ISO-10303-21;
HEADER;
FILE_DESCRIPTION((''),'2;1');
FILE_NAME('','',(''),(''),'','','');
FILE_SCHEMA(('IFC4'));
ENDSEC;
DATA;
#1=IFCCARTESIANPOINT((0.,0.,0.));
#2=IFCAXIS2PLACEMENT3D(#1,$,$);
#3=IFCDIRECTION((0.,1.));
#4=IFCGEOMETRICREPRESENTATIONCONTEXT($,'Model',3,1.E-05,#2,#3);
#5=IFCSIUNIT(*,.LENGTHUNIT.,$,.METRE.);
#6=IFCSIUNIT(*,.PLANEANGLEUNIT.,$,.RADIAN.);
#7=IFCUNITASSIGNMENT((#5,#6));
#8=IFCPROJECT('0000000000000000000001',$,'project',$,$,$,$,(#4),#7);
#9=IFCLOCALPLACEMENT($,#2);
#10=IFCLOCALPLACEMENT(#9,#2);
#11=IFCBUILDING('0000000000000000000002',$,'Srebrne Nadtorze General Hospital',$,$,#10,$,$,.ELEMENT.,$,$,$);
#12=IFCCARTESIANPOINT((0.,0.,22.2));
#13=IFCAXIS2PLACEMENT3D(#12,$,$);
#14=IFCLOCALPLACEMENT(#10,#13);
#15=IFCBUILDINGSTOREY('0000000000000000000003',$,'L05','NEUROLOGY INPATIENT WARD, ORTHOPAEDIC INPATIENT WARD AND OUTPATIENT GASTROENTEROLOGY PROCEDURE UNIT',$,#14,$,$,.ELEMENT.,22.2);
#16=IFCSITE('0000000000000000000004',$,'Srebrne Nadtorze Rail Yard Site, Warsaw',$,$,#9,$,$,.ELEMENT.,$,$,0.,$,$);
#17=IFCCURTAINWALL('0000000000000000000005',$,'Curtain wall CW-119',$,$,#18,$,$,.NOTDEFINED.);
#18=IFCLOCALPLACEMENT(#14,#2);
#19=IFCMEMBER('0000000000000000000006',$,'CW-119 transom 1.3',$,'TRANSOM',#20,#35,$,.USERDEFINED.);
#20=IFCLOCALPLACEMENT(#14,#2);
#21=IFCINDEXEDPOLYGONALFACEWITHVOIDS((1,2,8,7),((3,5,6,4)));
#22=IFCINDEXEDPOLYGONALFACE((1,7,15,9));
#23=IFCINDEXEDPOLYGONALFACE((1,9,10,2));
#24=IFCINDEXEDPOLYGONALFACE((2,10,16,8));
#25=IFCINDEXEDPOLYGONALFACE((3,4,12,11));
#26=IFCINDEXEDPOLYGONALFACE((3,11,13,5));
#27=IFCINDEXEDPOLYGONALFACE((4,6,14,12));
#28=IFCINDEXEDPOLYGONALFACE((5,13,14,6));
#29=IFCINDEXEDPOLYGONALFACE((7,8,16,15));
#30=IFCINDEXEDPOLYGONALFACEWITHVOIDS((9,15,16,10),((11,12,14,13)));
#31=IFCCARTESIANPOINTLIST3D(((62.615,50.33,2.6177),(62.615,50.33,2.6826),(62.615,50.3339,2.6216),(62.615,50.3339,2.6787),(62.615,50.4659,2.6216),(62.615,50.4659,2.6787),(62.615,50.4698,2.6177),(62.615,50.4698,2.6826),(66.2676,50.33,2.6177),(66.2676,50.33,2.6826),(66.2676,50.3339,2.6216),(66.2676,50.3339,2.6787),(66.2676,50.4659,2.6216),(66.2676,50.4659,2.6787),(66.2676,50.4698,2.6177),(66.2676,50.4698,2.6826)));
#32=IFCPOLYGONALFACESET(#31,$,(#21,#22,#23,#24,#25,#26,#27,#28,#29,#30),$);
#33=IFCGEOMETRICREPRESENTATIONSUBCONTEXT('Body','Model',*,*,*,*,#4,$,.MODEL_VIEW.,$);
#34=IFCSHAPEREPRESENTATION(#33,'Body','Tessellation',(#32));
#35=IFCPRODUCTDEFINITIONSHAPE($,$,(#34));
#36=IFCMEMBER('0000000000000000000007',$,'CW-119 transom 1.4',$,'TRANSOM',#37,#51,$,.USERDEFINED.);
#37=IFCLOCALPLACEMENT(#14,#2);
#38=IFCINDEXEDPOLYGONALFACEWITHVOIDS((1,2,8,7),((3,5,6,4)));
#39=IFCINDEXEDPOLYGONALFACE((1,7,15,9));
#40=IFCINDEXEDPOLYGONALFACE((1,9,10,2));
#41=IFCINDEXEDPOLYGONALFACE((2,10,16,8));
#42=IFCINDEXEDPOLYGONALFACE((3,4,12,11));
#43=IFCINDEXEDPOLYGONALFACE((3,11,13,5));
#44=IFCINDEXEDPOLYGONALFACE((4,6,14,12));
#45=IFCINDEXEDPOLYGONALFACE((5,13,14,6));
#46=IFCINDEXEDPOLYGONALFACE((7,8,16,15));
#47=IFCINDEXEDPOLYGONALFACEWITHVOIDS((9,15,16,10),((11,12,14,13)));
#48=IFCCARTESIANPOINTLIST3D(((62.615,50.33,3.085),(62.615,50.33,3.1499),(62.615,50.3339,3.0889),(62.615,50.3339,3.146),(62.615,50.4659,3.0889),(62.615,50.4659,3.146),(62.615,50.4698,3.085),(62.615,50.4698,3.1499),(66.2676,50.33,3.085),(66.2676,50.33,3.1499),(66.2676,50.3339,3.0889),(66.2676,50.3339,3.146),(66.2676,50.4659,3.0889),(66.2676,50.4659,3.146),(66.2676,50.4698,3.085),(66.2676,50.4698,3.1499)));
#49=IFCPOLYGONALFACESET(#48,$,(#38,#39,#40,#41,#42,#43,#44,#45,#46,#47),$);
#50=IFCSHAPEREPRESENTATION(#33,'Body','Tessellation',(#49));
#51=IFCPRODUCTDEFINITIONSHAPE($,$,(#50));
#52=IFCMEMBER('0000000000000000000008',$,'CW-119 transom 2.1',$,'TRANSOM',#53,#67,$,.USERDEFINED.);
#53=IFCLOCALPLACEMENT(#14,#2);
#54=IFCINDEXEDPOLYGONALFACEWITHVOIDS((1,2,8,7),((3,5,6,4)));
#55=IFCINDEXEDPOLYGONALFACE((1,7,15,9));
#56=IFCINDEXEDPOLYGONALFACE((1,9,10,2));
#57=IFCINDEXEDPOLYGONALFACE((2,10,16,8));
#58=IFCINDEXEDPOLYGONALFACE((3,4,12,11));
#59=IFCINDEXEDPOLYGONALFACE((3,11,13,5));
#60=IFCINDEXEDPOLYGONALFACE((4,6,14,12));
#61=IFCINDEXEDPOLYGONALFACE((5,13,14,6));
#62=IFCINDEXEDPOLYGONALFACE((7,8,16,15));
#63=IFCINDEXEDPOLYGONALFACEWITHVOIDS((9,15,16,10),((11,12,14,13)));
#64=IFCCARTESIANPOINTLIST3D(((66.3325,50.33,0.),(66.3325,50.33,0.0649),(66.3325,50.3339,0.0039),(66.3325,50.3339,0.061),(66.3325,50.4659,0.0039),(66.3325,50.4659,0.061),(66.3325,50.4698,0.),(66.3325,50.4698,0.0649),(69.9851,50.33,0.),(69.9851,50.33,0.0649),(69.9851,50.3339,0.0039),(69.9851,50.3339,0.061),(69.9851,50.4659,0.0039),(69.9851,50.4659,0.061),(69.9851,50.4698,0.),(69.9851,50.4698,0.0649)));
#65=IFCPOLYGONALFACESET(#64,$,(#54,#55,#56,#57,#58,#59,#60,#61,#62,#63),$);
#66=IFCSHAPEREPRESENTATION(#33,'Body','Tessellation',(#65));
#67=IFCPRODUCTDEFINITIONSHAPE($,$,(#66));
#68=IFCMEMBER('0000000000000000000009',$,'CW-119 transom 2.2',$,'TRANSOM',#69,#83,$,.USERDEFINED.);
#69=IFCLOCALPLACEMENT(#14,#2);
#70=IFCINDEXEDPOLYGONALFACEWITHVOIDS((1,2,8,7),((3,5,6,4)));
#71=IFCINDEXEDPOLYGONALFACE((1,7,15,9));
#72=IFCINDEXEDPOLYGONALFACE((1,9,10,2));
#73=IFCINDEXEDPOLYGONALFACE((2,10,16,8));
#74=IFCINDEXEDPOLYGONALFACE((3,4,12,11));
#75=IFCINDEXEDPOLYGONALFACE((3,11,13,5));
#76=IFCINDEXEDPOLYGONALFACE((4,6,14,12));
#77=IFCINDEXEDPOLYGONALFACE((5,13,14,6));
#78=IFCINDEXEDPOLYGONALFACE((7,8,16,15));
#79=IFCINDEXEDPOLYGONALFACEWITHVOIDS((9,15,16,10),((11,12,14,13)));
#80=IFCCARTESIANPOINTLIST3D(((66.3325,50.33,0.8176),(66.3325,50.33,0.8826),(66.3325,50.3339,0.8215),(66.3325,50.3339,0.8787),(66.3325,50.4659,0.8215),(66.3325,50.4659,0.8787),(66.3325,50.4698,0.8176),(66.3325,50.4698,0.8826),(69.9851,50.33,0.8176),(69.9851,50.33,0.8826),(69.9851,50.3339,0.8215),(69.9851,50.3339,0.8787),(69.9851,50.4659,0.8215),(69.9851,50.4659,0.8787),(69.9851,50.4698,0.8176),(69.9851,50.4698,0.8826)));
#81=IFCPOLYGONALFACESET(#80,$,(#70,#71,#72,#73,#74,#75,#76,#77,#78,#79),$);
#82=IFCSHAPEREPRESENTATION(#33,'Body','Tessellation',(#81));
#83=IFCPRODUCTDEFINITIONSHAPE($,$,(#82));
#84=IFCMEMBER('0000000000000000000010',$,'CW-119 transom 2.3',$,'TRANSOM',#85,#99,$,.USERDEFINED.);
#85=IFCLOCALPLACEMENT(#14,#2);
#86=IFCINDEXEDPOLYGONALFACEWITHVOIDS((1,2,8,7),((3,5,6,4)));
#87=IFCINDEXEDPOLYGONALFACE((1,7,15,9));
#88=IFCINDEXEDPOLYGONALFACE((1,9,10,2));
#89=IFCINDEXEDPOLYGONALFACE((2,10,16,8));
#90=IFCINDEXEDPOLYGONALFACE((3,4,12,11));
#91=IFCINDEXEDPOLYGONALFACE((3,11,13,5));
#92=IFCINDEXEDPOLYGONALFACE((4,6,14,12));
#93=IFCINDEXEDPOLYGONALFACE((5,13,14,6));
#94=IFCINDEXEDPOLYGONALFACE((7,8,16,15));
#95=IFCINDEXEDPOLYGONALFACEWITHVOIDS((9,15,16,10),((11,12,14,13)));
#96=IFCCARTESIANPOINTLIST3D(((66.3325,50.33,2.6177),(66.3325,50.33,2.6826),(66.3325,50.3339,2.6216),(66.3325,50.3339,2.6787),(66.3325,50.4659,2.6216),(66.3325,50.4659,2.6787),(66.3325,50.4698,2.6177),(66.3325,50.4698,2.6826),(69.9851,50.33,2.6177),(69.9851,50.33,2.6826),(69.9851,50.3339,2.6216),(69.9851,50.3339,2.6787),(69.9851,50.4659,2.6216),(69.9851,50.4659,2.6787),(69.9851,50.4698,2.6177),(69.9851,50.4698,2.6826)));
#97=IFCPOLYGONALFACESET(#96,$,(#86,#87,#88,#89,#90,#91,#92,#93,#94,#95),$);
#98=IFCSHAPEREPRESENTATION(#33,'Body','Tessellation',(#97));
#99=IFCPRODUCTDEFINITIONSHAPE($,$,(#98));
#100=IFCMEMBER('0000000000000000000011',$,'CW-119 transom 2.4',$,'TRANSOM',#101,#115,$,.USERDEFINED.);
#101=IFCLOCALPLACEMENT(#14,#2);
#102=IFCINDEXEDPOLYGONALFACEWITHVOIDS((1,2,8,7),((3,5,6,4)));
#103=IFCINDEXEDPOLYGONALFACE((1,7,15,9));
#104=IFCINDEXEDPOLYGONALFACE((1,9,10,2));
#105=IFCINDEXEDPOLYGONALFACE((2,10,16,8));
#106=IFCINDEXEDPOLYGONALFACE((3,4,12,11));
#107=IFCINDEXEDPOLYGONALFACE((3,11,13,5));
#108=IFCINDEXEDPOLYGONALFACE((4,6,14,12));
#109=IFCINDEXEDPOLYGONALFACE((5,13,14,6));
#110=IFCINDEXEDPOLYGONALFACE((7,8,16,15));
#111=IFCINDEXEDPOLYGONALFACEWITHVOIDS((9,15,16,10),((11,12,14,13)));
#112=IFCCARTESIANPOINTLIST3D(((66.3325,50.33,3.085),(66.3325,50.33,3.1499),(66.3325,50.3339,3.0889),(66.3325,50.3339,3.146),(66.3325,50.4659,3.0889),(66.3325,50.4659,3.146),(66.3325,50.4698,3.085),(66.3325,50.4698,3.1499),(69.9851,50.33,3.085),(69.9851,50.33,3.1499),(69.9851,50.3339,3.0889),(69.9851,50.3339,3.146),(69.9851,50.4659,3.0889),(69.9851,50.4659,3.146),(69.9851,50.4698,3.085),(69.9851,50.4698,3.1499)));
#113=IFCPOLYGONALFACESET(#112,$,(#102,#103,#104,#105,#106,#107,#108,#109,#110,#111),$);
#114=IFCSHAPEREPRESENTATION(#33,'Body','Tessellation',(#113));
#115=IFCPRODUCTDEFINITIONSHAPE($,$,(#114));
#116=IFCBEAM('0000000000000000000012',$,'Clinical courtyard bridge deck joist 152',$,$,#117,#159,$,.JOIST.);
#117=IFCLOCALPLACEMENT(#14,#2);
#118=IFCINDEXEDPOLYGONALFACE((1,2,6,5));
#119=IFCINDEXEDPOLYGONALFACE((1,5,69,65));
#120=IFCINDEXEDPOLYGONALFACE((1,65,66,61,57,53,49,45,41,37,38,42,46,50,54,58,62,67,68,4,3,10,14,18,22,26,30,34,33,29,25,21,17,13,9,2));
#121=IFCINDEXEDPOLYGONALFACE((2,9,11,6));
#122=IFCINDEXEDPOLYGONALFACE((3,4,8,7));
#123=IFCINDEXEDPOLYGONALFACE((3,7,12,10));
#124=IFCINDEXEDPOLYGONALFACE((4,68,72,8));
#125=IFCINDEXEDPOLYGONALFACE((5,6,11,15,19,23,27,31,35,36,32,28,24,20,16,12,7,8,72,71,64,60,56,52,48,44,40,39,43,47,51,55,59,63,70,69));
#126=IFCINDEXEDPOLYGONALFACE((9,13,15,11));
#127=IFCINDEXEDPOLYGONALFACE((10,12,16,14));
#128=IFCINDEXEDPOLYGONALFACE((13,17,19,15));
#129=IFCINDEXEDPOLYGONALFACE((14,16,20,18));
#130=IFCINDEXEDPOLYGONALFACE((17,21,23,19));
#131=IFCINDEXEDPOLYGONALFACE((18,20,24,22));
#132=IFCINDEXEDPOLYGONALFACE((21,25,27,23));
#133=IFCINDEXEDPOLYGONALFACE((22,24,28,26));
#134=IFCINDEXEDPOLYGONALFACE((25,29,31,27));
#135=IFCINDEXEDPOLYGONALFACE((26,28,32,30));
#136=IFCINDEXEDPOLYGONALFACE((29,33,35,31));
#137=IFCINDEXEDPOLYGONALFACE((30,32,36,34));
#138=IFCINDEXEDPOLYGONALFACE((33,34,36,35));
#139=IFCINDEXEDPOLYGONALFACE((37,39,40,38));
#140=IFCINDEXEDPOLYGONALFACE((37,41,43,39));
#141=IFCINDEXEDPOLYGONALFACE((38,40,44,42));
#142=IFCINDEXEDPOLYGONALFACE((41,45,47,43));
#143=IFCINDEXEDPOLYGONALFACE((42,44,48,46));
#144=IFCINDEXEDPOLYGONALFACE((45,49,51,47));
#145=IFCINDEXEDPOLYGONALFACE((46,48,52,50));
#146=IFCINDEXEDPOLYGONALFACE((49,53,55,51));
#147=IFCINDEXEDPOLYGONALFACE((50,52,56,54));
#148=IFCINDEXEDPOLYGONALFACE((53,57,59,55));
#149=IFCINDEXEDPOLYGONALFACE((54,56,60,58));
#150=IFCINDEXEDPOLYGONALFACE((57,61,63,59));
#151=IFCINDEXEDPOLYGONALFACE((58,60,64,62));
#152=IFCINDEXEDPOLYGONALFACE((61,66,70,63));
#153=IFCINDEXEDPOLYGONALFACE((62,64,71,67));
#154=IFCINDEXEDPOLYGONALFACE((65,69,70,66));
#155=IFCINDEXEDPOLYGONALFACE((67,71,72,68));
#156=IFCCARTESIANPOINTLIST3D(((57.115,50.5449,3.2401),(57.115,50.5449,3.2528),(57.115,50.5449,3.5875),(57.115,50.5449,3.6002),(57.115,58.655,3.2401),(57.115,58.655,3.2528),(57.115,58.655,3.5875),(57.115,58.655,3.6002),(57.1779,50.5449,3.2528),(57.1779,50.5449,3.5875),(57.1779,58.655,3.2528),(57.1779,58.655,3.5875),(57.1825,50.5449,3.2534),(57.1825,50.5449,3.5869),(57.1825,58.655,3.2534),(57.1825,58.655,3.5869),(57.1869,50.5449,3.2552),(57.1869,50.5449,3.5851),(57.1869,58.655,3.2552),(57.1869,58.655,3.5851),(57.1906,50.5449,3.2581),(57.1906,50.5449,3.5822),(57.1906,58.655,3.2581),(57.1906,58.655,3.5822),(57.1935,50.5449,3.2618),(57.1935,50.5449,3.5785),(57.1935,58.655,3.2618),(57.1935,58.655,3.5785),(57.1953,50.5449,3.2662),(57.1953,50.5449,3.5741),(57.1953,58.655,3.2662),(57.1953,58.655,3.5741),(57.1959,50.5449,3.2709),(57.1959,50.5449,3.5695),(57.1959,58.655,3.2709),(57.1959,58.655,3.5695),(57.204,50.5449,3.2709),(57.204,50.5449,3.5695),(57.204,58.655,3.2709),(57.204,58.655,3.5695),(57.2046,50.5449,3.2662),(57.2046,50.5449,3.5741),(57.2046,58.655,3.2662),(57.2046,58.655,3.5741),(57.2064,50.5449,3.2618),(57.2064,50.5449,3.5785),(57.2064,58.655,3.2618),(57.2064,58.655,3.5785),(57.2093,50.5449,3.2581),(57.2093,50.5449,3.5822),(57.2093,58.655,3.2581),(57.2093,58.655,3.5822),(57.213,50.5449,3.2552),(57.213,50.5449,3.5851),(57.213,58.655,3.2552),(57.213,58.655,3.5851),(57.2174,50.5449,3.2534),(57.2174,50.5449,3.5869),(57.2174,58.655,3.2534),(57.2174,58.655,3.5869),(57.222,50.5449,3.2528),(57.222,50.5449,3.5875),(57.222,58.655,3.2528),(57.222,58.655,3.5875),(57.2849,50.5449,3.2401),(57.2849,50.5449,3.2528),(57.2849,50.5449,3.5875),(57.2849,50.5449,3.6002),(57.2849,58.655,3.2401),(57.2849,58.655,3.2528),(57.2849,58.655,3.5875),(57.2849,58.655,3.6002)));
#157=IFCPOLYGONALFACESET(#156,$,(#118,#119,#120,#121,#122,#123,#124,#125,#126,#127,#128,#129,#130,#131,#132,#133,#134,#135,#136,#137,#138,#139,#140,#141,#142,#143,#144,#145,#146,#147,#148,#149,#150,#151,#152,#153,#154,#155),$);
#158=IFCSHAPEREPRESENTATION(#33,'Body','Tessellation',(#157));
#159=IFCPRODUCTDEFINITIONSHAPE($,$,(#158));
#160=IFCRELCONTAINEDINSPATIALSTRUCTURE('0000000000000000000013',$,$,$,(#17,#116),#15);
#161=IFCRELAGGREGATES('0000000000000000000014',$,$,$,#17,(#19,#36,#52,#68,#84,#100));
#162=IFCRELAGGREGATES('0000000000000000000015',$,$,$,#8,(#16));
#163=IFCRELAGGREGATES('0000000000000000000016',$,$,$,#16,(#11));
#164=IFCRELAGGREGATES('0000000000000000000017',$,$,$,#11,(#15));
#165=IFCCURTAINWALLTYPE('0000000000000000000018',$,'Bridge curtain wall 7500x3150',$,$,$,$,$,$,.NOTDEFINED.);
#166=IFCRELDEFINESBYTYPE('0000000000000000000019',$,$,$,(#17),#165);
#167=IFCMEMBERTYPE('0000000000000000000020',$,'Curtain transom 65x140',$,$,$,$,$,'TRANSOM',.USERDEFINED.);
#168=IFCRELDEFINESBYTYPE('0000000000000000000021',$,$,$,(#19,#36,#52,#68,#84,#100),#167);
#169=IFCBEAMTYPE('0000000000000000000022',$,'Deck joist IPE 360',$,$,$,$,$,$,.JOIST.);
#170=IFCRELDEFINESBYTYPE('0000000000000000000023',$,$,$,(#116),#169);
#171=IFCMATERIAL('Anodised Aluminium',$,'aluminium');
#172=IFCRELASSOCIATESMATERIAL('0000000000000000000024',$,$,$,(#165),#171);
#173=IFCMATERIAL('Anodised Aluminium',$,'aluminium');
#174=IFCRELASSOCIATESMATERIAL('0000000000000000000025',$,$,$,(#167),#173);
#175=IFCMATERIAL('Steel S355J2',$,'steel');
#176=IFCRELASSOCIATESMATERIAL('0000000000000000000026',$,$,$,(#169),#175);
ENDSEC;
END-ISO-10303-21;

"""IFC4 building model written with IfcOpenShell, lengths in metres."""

from ifc_helpers import new_model, si_unit, direction, frame, origin, origin_2d, place, context, subcontext, project, spatial, hollow_rectangle, i_section, extrude, material, material_profile, profile_set, type_object, element, aggregate, save


model = new_model("IFC4")

# Units and contexts
model_context = context("Model", 3, precision=1e-05, world=origin(), true_north=direction((0.0, 1.0)))
body_context = subcontext(model_context, "Body", "Model", "MODEL_VIEW")
ifc_project = project(units=[si_unit("LENGTHUNIT", "METRE"), si_unit("PLANEANGLEUNIT", "RADIAN")], contexts=[model_context])

# Site, building, storey
site_placement = place(None, origin())
site = spatial("IfcSite", under=ifc_project, at=site_placement, Name="Srebrne Nadtorze Rail Yard Site, Warsaw", CompositionType="ELEMENT", RefElevation=0.0)
building_placement = place(site_placement, origin())
building = spatial("IfcBuilding", under=site, at=building_placement, Name="Srebrne Nadtorze General Hospital", CompositionType="ELEMENT")
storey_placement = place(building_placement, frame((0.0, 0.0, 22.2)))
storey = spatial("IfcBuildingStorey", under=building, at=storey_placement, Name="L05", Description="NEUROLOGY INPATIENT WARD, ORTHOPAEDIC INPATIENT WARD AND OUTPATIENT GASTROENTEROLOGY PROCEDURE UNIT", CompositionType="ELEMENT", Elevation=22.2)

# Curtain wall
ifc_material_1 = material(Name="Anodised Aluminium", Category="aluminium")
curtain_wall_type_1 = type_object("IfcCurtainWallType", Name="Bridge curtain wall 7500x3150", PredefinedType="NOTDEFINED", material=ifc_material_1)
curtain_wall_1_placement = place(storey_placement, origin())
curtain_wall_1 = element("IfcCurtainWall", 1, at=curtain_wall_1_placement, inside=storey, type_object=curtain_wall_type_1, Name="Curtain wall CW-119", PredefinedType="NOTDEFINED")

# Members
ifc_material_2 = material(Name="Anodised Aluminium", Category="aluminium")
ifc_material_profile_1 = material_profile(ifc_material_2, hollow_rectangle(XDim=0.0649, YDim=0.1399, WallThickness=0.0039, at=origin_2d()), Name="AL-TRN-65x140")
ifc_profile_set_1 = profile_set([ifc_material_profile_1], Name="Anodised Aluminium")
member_type_1 = type_object("IfcMemberType", Name="Curtain transom 65x140", ElementType="TRANSOM", PredefinedType="USERDEFINED", material=ifc_profile_set_1)
member_1_placement = place(storey_placement, frame((62.615, 50.3999, 2.6501), z_axis=(1.0, 0.0, 0.0), x_axis=(0.0, 0.0, 1.0)))
member_1 = element("IfcMember", 2, at=member_1_placement, type_object=member_type_1, Name="CW-119 transom 1.3", ObjectType="TRANSOM", PredefinedType="USERDEFINED", context=body_context, shape_type="SweptSolid", body=[
    extrude(hollow_rectangle(XDim=0.0649, YDim=0.1399, WallThickness=0.0039, at=origin_2d()), origin(), (0.0, 0.0, 1.0), 3.6526),
])
member_2_placement = place(storey_placement, frame((62.615, 50.3999, 3.1174), z_axis=(1.0, 0.0, 0.0), x_axis=(0.0, 0.0, 1.0)))
member_2 = element("IfcMember", 3, at=member_2_placement, type_object=member_type_1, Name="CW-119 transom 1.4", ObjectType="TRANSOM", PredefinedType="USERDEFINED", context=body_context, shape_type="SweptSolid", body=[
    extrude(hollow_rectangle(XDim=0.0649, YDim=0.1399, WallThickness=0.0039, at=origin_2d()), origin(), (0.0, 0.0, 1.0), 3.6526),
])
member_3_placement = place(storey_placement, frame((66.3325, 50.3999, 0.0325), z_axis=(1.0, 0.0, 0.0), x_axis=(0.0, 0.0, 1.0)))
member_3 = element("IfcMember", 4, at=member_3_placement, type_object=member_type_1, Name="CW-119 transom 2.1", ObjectType="TRANSOM", PredefinedType="USERDEFINED", context=body_context, shape_type="SweptSolid", body=[
    extrude(hollow_rectangle(XDim=0.0649, YDim=0.1399, WallThickness=0.0039, at=origin_2d()), origin(), (0.0, 0.0, 1.0), 3.6526),
])
member_4_placement = place(storey_placement, frame((66.3325, 50.3999, 0.8501), z_axis=(1.0, 0.0, 0.0), x_axis=(0.0, 0.0, 1.0)))
member_4 = element("IfcMember", 5, at=member_4_placement, type_object=member_type_1, Name="CW-119 transom 2.2", ObjectType="TRANSOM", PredefinedType="USERDEFINED", context=body_context, shape_type="SweptSolid", body=[
    extrude(hollow_rectangle(XDim=0.0649, YDim=0.1399, WallThickness=0.0039, at=origin_2d()), origin(), (0.0, 0.0, 1.0), 3.6526),
])
member_5_placement = place(storey_placement, frame((66.3325, 50.3999, 2.6501), z_axis=(1.0, 0.0, 0.0), x_axis=(0.0, 0.0, 1.0)))
member_5 = element("IfcMember", 6, at=member_5_placement, type_object=member_type_1, Name="CW-119 transom 2.3", ObjectType="TRANSOM", PredefinedType="USERDEFINED", context=body_context, shape_type="SweptSolid", body=[
    extrude(hollow_rectangle(XDim=0.0649, YDim=0.1399, WallThickness=0.0039, at=origin_2d()), origin(), (0.0, 0.0, 1.0), 3.6526),
])
member_6_placement = place(storey_placement, frame((66.3325, 50.3999, 3.1174), z_axis=(1.0, 0.0, 0.0), x_axis=(0.0, 0.0, 1.0)))
member_6 = element("IfcMember", 7, at=member_6_placement, type_object=member_type_1, Name="CW-119 transom 2.4", ObjectType="TRANSOM", PredefinedType="USERDEFINED", context=body_context, shape_type="SweptSolid", body=[
    extrude(hollow_rectangle(XDim=0.0649, YDim=0.1399, WallThickness=0.0039, at=origin_2d()), origin(), (0.0, 0.0, 1.0), 3.6526),
])

# Beam
ifc_material_3 = material(Name="Steel S355J2", Category="steel")
ifc_material_profile_2 = material_profile(ifc_material_3, i_section(OverallWidth=0.1699, OverallDepth=0.3601, WebThickness=0.0081, FlangeThickness=0.0127, FilletRadius=0.0181, at=origin_2d()), Name="IPE-360")
ifc_profile_set_2 = profile_set([ifc_material_profile_2], Name="Steel S355J2")
beam_type_1 = type_object("IfcBeamType", Name="Deck joist IPE 360", PredefinedType="JOIST", material=ifc_profile_set_2)
for number, where, z_axis, x_axis, name in (
    (8, (57.2, 50.5449, 3.4202), (0.0, 1.0, 0.0), (-1.0, 0.0, 0.0), "Clinical courtyard bridge deck joist 152"),
):
    element("IfcBeam", number, at=place(storey_placement, frame(where, z_axis=z_axis, x_axis=x_axis)), inside=storey, type_object=beam_type_1, Name=name, PredefinedType="JOIST", context=body_context, shape_type="SweptSolid", body=[
        extrude(i_section(OverallWidth=0.1699, OverallDepth=0.3601, WebThickness=0.0081, FlangeThickness=0.0127, FilletRadius=0.0181, at=origin_2d()), origin(), (0.0, 0.0, 1.0), 8.1101),
    ])

aggregate(curtain_wall_1, [member_1, member_2, member_3, member_4, member_5, member_6])

save(model, "model.ifc")
